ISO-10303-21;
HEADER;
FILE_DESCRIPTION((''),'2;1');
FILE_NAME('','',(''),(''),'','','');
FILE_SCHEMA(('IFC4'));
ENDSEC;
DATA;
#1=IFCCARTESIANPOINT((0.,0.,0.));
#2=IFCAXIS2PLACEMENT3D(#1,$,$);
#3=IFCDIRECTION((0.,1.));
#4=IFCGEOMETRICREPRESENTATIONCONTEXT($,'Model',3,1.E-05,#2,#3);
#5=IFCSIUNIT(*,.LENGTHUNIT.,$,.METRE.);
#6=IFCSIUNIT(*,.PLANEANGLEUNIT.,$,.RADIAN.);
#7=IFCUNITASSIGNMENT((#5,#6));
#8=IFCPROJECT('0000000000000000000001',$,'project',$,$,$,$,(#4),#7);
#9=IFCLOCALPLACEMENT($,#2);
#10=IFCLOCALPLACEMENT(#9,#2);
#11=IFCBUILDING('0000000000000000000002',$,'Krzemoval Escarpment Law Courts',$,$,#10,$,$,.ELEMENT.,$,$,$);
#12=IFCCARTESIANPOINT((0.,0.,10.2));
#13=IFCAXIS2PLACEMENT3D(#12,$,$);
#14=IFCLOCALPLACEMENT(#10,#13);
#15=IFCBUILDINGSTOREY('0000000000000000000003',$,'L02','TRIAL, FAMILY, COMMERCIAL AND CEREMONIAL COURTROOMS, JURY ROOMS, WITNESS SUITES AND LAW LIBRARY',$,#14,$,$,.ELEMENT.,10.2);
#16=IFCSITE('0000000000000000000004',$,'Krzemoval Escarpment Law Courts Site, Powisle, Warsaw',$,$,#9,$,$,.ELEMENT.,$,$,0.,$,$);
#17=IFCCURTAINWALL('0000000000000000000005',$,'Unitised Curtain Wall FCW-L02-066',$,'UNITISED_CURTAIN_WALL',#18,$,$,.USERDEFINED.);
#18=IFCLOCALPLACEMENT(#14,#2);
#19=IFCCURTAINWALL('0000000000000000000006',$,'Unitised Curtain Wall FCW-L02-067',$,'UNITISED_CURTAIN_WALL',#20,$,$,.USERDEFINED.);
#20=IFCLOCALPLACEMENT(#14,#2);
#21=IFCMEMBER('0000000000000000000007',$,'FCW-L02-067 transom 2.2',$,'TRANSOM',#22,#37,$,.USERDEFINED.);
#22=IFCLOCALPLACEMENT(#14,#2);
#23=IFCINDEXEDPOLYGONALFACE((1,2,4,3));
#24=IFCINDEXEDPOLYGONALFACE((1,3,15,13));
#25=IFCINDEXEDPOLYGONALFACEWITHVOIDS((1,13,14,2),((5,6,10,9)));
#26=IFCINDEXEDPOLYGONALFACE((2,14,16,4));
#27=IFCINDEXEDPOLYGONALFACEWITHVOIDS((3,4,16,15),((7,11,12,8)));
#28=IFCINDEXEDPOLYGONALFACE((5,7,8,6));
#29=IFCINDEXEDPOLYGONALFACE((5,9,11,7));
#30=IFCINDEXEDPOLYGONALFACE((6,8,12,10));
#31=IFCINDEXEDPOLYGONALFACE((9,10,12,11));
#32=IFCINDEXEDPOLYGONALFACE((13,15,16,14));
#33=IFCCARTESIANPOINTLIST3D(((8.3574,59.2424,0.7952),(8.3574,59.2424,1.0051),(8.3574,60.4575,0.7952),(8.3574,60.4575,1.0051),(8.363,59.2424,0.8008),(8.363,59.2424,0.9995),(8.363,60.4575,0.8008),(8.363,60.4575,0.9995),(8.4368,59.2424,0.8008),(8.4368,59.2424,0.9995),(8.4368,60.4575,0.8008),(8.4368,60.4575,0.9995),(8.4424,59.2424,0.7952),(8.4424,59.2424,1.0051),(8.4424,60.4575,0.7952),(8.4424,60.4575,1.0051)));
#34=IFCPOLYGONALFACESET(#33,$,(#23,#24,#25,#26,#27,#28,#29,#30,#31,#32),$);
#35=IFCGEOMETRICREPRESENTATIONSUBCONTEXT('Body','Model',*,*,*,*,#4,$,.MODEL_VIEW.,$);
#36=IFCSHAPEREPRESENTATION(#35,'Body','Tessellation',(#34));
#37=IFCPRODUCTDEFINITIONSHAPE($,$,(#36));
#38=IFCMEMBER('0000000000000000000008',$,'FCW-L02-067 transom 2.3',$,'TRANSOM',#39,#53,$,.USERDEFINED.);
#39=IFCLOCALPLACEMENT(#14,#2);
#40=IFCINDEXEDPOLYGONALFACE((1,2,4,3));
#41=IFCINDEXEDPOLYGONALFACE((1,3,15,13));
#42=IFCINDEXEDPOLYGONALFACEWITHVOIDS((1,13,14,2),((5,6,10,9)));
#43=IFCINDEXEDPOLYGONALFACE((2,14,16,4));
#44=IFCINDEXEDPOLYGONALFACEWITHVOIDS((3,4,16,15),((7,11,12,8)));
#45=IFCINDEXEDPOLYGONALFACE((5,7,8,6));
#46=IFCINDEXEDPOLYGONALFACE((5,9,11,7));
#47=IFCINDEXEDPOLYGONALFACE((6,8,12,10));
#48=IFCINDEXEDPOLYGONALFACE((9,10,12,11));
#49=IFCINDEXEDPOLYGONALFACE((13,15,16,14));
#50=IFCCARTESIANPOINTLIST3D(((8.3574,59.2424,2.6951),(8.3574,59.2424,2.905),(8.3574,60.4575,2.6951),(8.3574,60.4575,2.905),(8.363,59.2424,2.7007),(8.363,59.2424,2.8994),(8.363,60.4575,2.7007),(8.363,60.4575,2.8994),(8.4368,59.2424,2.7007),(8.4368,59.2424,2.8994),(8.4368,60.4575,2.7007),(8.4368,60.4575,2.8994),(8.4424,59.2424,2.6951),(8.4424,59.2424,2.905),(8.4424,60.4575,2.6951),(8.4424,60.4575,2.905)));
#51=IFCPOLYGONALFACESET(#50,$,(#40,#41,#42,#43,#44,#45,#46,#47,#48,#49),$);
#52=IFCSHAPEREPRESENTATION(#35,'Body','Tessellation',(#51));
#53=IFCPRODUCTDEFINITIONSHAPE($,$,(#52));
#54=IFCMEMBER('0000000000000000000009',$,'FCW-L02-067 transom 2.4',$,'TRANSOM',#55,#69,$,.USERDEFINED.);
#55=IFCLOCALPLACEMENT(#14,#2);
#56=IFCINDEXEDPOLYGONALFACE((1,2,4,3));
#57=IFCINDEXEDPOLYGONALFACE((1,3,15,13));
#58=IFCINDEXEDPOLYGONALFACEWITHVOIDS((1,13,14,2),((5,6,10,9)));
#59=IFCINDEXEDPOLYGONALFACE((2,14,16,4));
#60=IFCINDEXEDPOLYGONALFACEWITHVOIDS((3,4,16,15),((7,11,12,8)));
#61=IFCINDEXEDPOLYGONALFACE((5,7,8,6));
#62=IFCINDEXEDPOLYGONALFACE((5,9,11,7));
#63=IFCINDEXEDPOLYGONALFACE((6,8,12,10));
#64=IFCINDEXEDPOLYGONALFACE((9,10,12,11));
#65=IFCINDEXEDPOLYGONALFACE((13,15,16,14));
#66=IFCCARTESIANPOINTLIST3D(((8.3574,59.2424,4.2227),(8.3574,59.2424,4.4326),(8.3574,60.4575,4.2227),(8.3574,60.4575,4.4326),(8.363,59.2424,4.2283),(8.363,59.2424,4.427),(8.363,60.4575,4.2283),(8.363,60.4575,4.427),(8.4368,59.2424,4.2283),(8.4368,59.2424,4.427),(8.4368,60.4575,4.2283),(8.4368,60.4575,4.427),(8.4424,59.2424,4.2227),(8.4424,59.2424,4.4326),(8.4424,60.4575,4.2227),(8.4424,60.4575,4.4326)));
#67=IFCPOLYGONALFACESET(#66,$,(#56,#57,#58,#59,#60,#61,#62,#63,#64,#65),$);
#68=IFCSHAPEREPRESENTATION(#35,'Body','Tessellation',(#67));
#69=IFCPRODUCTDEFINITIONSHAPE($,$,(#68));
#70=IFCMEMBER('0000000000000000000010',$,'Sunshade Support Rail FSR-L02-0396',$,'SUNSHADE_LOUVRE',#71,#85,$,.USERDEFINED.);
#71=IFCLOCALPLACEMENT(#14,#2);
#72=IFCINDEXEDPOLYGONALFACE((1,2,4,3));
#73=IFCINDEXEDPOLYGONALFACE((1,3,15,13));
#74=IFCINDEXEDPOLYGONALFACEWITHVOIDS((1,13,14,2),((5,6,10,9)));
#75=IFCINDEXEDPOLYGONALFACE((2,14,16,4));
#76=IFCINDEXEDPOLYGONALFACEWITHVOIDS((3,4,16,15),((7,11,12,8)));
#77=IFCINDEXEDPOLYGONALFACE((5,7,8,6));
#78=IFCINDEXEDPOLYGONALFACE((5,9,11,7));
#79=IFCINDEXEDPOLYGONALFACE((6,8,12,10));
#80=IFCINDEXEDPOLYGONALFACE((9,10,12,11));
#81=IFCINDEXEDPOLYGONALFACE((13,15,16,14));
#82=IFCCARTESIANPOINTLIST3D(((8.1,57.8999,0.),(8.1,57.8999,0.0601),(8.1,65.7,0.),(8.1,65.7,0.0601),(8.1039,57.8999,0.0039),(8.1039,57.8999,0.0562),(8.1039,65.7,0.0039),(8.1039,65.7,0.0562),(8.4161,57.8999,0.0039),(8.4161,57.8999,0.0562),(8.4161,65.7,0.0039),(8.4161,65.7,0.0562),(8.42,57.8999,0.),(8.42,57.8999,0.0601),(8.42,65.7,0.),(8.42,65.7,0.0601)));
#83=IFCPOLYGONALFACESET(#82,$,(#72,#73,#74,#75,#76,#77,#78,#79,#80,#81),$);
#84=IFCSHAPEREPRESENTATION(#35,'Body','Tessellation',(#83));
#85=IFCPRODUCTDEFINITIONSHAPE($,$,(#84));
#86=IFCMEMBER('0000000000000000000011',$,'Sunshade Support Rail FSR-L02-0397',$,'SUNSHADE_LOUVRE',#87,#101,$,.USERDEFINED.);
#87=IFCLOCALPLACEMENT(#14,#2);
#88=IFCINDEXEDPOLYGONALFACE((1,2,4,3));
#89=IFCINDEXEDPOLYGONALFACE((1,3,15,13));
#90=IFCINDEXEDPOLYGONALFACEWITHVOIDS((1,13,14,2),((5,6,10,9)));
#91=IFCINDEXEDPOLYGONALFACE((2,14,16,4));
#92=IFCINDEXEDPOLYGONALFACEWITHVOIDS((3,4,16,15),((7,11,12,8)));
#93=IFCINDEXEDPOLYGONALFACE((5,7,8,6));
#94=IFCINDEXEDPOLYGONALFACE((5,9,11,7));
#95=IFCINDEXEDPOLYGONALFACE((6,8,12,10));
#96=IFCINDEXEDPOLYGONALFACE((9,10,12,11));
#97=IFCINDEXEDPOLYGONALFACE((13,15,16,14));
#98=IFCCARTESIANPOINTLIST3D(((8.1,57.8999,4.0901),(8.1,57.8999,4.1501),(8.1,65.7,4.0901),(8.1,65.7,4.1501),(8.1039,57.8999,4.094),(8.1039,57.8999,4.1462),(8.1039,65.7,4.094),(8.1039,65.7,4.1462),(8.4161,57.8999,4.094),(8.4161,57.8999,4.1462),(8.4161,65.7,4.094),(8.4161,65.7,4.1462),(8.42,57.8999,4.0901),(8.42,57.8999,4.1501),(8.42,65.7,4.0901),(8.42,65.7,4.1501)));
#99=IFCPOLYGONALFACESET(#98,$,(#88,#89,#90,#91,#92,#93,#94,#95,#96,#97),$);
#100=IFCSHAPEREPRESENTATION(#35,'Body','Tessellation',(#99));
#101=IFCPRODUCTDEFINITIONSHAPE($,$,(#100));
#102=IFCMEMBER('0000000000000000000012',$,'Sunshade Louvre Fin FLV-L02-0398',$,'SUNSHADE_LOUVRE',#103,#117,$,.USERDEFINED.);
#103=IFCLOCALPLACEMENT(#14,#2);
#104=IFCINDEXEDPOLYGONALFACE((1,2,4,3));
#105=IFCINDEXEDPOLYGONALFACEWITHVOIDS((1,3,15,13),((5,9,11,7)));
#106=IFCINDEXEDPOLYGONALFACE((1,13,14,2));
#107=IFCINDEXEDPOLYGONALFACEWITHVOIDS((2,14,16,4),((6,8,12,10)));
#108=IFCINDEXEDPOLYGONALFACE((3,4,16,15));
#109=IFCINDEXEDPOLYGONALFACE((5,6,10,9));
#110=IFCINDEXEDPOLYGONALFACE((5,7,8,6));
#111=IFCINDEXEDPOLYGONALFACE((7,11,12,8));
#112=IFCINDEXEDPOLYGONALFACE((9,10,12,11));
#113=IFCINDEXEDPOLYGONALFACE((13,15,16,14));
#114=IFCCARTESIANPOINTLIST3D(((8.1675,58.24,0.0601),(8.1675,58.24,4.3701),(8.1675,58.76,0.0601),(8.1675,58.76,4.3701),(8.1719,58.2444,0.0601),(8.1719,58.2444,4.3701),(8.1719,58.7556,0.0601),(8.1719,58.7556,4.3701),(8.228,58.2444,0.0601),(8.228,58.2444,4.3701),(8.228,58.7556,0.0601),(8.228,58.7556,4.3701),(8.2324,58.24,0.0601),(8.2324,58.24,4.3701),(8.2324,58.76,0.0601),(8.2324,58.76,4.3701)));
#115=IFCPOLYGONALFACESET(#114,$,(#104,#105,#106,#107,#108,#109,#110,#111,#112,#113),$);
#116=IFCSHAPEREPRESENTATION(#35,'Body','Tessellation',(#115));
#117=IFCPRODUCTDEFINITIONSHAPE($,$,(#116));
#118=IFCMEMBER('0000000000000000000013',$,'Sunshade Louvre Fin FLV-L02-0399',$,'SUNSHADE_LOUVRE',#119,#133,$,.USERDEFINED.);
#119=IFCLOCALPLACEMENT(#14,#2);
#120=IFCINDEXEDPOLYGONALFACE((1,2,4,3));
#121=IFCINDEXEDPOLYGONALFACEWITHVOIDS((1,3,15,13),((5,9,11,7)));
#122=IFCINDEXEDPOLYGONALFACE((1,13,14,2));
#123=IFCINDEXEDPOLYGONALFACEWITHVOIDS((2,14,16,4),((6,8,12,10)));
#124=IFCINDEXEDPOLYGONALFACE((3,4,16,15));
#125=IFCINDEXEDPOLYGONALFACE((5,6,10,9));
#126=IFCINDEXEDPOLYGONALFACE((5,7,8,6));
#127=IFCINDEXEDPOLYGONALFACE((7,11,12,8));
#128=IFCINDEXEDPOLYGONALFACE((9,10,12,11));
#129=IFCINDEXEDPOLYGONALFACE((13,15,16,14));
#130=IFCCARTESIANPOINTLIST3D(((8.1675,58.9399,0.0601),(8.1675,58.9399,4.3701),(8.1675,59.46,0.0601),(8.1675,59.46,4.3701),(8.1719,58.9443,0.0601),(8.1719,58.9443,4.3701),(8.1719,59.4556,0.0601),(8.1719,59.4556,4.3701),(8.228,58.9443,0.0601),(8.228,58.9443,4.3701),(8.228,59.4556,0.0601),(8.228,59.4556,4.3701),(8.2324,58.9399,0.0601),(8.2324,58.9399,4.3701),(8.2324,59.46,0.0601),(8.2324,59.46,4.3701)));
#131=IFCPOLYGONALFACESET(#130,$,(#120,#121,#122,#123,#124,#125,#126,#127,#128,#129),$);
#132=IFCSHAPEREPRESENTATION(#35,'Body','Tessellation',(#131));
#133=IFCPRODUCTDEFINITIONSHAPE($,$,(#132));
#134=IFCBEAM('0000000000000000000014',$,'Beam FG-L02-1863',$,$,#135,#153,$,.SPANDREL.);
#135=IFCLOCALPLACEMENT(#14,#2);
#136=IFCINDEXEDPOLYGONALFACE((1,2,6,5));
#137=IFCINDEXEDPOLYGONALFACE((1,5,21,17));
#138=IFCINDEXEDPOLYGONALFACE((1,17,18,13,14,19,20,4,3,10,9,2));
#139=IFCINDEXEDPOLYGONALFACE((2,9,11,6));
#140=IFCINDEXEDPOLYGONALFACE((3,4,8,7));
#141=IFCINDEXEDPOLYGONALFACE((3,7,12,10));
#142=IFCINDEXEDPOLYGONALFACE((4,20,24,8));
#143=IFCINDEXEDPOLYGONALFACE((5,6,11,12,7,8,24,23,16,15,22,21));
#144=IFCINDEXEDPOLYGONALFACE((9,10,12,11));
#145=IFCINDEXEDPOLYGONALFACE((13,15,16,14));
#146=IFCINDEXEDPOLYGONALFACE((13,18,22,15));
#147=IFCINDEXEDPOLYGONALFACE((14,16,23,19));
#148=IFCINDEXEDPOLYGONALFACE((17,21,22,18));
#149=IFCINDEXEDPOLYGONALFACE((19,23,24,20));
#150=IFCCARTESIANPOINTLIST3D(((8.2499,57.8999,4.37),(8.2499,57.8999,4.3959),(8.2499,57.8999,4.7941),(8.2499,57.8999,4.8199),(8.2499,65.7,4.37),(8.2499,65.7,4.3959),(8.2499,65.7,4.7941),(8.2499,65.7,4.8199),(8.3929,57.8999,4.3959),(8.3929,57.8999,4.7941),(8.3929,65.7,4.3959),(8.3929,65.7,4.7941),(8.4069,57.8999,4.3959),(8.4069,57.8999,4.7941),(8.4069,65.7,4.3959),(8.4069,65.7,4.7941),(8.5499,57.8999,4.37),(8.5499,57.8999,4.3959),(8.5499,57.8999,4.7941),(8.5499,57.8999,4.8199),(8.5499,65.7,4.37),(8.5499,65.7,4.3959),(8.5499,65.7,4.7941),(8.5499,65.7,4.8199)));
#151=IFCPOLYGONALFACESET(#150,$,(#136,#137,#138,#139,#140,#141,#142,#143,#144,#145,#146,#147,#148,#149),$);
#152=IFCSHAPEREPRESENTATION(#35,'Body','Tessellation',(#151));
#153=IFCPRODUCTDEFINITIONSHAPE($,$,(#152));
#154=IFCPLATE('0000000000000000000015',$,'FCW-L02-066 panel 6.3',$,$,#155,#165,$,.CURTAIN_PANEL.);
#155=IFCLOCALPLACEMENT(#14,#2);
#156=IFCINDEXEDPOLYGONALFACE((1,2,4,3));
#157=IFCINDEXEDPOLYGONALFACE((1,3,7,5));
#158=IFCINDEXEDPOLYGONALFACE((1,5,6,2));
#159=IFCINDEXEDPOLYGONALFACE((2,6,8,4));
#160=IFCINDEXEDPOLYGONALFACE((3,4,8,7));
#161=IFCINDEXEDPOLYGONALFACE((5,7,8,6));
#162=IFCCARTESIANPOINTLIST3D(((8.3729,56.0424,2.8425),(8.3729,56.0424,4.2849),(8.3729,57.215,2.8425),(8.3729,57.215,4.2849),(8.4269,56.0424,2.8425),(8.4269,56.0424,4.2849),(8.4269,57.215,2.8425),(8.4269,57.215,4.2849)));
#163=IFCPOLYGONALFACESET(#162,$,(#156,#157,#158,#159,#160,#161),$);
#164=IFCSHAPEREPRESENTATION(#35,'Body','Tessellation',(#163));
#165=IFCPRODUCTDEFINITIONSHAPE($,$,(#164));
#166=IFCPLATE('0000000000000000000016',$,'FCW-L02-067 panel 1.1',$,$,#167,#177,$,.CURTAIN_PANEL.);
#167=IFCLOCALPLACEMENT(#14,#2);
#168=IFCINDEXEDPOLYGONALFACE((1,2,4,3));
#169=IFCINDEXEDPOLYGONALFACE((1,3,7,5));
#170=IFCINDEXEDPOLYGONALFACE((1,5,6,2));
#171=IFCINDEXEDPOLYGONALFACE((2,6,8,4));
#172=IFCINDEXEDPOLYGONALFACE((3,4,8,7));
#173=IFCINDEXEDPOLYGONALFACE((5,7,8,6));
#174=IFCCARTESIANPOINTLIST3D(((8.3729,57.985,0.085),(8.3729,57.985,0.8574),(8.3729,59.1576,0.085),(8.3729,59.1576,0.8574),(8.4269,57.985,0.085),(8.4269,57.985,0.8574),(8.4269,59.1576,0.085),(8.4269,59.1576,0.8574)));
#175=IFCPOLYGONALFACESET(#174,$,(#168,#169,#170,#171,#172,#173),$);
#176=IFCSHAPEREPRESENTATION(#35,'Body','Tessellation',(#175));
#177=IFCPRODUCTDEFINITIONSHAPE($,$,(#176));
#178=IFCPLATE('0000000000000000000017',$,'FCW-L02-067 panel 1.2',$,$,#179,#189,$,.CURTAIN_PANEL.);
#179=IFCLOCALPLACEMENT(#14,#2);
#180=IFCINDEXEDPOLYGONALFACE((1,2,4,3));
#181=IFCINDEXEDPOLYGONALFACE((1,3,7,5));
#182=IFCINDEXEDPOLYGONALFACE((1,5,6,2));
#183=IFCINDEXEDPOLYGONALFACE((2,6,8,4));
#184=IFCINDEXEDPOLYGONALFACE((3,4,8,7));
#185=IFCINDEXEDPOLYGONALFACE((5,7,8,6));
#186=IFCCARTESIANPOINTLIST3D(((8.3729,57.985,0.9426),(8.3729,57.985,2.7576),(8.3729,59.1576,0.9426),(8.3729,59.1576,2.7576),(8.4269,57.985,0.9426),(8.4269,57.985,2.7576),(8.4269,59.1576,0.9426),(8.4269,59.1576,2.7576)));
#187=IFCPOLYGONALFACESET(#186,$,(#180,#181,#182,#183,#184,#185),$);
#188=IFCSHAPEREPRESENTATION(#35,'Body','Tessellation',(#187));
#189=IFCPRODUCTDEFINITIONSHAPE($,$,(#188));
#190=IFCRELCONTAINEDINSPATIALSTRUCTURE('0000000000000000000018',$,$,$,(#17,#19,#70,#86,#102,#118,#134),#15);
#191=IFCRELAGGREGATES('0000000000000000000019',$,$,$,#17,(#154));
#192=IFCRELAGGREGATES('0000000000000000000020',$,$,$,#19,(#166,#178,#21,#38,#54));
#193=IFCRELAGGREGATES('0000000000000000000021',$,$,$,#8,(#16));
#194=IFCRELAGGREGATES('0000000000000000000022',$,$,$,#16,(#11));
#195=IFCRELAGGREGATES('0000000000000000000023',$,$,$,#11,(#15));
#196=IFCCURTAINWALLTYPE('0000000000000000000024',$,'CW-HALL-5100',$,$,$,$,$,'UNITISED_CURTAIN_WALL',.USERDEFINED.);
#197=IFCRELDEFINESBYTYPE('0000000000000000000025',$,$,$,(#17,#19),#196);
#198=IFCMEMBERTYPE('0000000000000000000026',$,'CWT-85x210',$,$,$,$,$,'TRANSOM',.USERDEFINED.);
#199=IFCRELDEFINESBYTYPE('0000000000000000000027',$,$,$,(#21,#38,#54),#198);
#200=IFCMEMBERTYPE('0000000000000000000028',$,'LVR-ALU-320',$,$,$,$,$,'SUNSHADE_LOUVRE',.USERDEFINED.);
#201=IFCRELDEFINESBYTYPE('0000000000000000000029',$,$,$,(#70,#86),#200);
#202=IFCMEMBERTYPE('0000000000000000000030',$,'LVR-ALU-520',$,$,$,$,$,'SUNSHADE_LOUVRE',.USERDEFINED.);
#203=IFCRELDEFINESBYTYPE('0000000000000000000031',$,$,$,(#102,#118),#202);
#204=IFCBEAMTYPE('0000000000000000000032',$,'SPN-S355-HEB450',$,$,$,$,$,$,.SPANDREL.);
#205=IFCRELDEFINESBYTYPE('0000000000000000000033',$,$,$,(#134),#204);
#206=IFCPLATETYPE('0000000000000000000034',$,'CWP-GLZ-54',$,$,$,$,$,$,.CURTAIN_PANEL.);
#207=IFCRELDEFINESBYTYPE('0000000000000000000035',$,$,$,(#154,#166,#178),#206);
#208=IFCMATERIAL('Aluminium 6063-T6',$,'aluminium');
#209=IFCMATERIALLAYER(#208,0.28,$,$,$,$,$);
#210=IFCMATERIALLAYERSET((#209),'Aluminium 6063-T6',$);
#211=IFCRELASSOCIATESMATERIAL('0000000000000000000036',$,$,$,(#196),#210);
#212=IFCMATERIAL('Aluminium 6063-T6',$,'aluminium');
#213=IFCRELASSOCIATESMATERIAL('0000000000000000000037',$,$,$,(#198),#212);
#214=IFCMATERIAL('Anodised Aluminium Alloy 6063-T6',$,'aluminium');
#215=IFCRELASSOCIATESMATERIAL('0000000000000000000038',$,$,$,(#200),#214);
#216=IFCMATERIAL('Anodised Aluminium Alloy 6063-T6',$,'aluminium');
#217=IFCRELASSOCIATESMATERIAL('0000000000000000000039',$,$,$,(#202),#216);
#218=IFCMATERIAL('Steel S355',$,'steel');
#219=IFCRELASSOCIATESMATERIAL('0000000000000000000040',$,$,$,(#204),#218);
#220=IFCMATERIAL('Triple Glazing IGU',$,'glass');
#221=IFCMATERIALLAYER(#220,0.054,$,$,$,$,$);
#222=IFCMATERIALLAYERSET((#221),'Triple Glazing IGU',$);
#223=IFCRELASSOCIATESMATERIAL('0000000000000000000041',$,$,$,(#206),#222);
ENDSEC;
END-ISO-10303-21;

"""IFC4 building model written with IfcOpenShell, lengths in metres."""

from ifc_helpers import new_model, si_unit, direction, frame, origin, origin_2d, place, context, subcontext, project, spatial, rectangle, hollow_rectangle, i_section, extrude, material, layer, layer_set, material_profile, profile_set, type_object, element, aggregate, save


model = new_model("IFC4")

# Units and contexts
model_context = context("Model", 3, precision=1e-05, world=origin(), true_north=direction((0.0, 1.0)))
body_context = subcontext(model_context, "Body", "Model", "MODEL_VIEW")
ifc_project = project(units=[si_unit("LENGTHUNIT", "METRE"), si_unit("PLANEANGLEUNIT", "RADIAN")], contexts=[model_context])

# Site, building, storey
site_placement = place(None, origin())
site = spatial("IfcSite", under=ifc_project, at=site_placement, Name="Krzemoval Escarpment Law Courts Site, Powisle, Warsaw", CompositionType="ELEMENT", RefElevation=0.0)
building_placement = place(site_placement, origin())
building = spatial("IfcBuilding", under=site, at=building_placement, Name="Krzemoval Escarpment Law Courts", CompositionType="ELEMENT")
storey_placement = place(building_placement, frame((0.0, 0.0, 10.2)))
storey = spatial("IfcBuildingStorey", under=building, at=storey_placement, Name="L02", Description="TRIAL, FAMILY, COMMERCIAL AND CEREMONIAL COURTROOMS, JURY ROOMS, WITNESS SUITES AND LAW LIBRARY", CompositionType="ELEMENT", Elevation=10.2)

# Curtain wall
ifc_material_1 = material(Name="Aluminium 6063-T6", Category="aluminium")
ifc_layer_1 = layer(ifc_material_1, 0.28)
ifc_layer_set_1 = layer_set([ifc_layer_1], Name="Aluminium 6063-T6")
curtain_wall_type = type_object("IfcCurtainWallType", Name="CW-HALL-5100", ElementType="UNITISED_CURTAIN_WALL", PredefinedType="USERDEFINED", material=ifc_layer_set_1)
curtain_wall_1_placement = place(storey_placement, origin())
curtain_wall_1 = element("IfcCurtainWall", 1, at=curtain_wall_1_placement, inside=storey, type_object=curtain_wall_type, Name="Unitised Curtain Wall FCW-L02-066", ObjectType="UNITISED_CURTAIN_WALL", PredefinedType="USERDEFINED")

# Curtain wall, members
curtain_wall_2_placement = place(storey_placement, origin())
curtain_wall_2 = element("IfcCurtainWall", 2, at=curtain_wall_2_placement, inside=storey, type_object=curtain_wall_type, Name="Unitised Curtain Wall FCW-L02-067", ObjectType="UNITISED_CURTAIN_WALL", PredefinedType="USERDEFINED")
ifc_material_2 = material(Name="Aluminium 6063-T6", Category="aluminium")
ifc_material_profile_1 = material_profile(ifc_material_2, hollow_rectangle(XDim=0.085, YDim=0.21, WallThickness=0.0056, at=origin_2d()), Name="ALU T85x210")
ifc_profile_set_1 = profile_set([ifc_material_profile_1], Name="Aluminium 6063-T6")
member_type_1 = type_object("IfcMemberType", Name="CWT-85x210", ElementType="TRANSOM", PredefinedType="USERDEFINED", material=ifc_profile_set_1)
member_1_placement = place(storey_placement, frame((8.3999, 59.2424, 0.9001), z_axis=(0.0, 1.0, 0.0), x_axis=(-1.0, 0.0, 0.0)))
member_1 = element("IfcMember", 3, at=member_1_placement, type_object=member_type_1, Name="FCW-L02-067 transom 2.2", ObjectType="TRANSOM", PredefinedType="USERDEFINED", context=body_context, shape_type="SweptSolid", body=[
    extrude(hollow_rectangle(XDim=0.085, YDim=0.21, WallThickness=0.0056, at=origin_2d()), origin(), (0.0, 0.0, 1.0), 1.2151),
])
member_2_placement = place(storey_placement, frame((8.3999, 59.2424, 2.8), z_axis=(0.0, 1.0, 0.0), x_axis=(-1.0, 0.0, 0.0)))
member_2 = element("IfcMember", 4, at=member_2_placement, type_object=member_type_1, Name="FCW-L02-067 transom 2.3", ObjectType="TRANSOM", PredefinedType="USERDEFINED", context=body_context, shape_type="SweptSolid", body=[
    extrude(hollow_rectangle(XDim=0.085, YDim=0.21, WallThickness=0.0056, at=origin_2d()), origin(), (0.0, 0.0, 1.0), 1.2151),
])
member_3_placement = place(storey_placement, frame((8.3999, 59.2424, 4.3276), z_axis=(0.0, 1.0, 0.0), x_axis=(-1.0, 0.0, 0.0)))
member_3 = element("IfcMember", 5, at=member_3_placement, type_object=member_type_1, Name="FCW-L02-067 transom 2.4", ObjectType="TRANSOM", PredefinedType="USERDEFINED", context=body_context, shape_type="SweptSolid", body=[
    extrude(hollow_rectangle(XDim=0.085, YDim=0.21, WallThickness=0.0056, at=origin_2d()), origin(), (0.0, 0.0, 1.0), 1.2151),
])

# Members
ifc_material_3 = material(Name="Anodised Aluminium Alloy 6063-T6", Category="aluminium")
ifc_material_profile_2 = material_profile(ifc_material_3, hollow_rectangle(XDim=0.0601, YDim=0.3201, WallThickness=0.0039, at=origin_2d()), Name="ALU LVR 60x320")
ifc_profile_set_2 = profile_set([ifc_material_profile_2], Name="Anodised Aluminium Alloy 6063-T6")
member_type_2 = type_object("IfcMemberType", Name="LVR-ALU-320", ElementType="SUNSHADE_LOUVRE", PredefinedType="USERDEFINED", material=ifc_profile_set_2)
for number, where, z_axis, x_axis, name in (
    (6, (8.26, 57.8999, 0.03), (0.0, 1.0, 0.0), (0.0, 0.0, 1.0), "Sunshade Support Rail FSR-L02-0396"),
    (7, (8.26, 57.8999, 4.1201), (0.0, 1.0, 0.0), (0.0, 0.0, 1.0), "Sunshade Support Rail FSR-L02-0397"),
):
    element("IfcMember", number, at=place(storey_placement, frame(where, z_axis=z_axis, x_axis=x_axis)), inside=storey, type_object=member_type_2, Name=name, ObjectType="SUNSHADE_LOUVRE", PredefinedType="USERDEFINED", context=body_context, shape_type="SweptSolid", body=[
        extrude(hollow_rectangle(XDim=0.0601, YDim=0.3201, WallThickness=0.0039, at=origin_2d()), origin(), (0.0, 0.0, 1.0), 7.8),
    ])
ifc_material_4 = material(Name="Anodised Aluminium Alloy 6063-T6", Category="aluminium")
ifc_material_profile_3 = material_profile(ifc_material_4, hollow_rectangle(XDim=0.0649, YDim=0.52, WallThickness=0.0044, at=origin_2d()), Name="ALU LVR 65x520")
ifc_profile_set_3 = profile_set([ifc_material_profile_3], Name="Anodised Aluminium Alloy 6063-T6")
member_type_3 = type_object("IfcMemberType", Name="LVR-ALU-520", ElementType="SUNSHADE_LOUVRE", PredefinedType="USERDEFINED", material=ifc_profile_set_3)
for number, where, z_axis, x_axis, name in (
    (8, (8.2, 58.5, 0.0601), (0.0, 0.0, 1.0), (1.0, 0.0, 0.0), "Sunshade Louvre Fin FLV-L02-0398"),
    (9, (8.2, 59.2, 0.0601), (0.0, 0.0, 1.0), (1.0, 0.0, 0.0), "Sunshade Louvre Fin FLV-L02-0399"),
):
    element("IfcMember", number, at=place(storey_placement, frame(where, z_axis=z_axis, x_axis=x_axis)), inside=storey, type_object=member_type_3, Name=name, ObjectType="SUNSHADE_LOUVRE", PredefinedType="USERDEFINED", context=body_context, shape_type="SweptSolid", body=[
        extrude(hollow_rectangle(XDim=0.0649, YDim=0.52, WallThickness=0.0044, at=origin_2d()), origin(), (0.0, 0.0, 1.0), 4.3101),
    ])

# Beam
ifc_material_5 = material(Name="Steel S355", Category="steel")
ifc_material_profile_4 = material_profile(ifc_material_5, i_section(OverallWidth=0.3, OverallDepth=0.45, WebThickness=0.0139, FlangeThickness=0.0259, at=origin_2d()), Name="HEB 450")
ifc_profile_set_4 = profile_set([ifc_material_profile_4], Name="Steel S355")
beam_type = type_object("IfcBeamType", Name="SPN-S355-HEB450", PredefinedType="SPANDREL", material=ifc_profile_set_4)
beam_placement = place(storey_placement, frame((8.3999, 57.8999, 4.595), z_axis=(0.0, 1.0, 0.0), x_axis=(-1.0, 0.0, 0.0)))
element("IfcBeam", 10, at=beam_placement, inside=storey, type_object=beam_type, Name="Beam FG-L02-1863", PredefinedType="SPANDREL", context=body_context, shape_type="SweptSolid", body=[
    extrude(i_section(OverallWidth=0.3, OverallDepth=0.45, WebThickness=0.0139, FlangeThickness=0.0259, at=origin_2d()), origin(), (0.0, 0.0, 1.0), 7.8),
])

# Plates
ifc_material_6 = material(Name="Triple Glazing IGU", Category="glass")
ifc_layer_2 = layer(ifc_material_6, 0.054)
ifc_layer_set_2 = layer_set([ifc_layer_2], Name="Triple Glazing IGU")
plate_type_1 = type_object("IfcPlateType", Name="CWP-GLZ-54", PredefinedType="CURTAIN_PANEL", material=ifc_layer_set_2)
plate_1_placement = place(storey_placement, frame((8.3999, 56.6287, 2.8425), z_axis=(0.0, 0.0, 1.0), x_axis=(0.0, 1.0, 0.0)))
plate_1 = element("IfcPlate", 11, at=plate_1_placement, type_object=plate_type_1, Name="FCW-L02-066 panel 6.3", PredefinedType="CURTAIN_PANEL", context=body_context, shape_type="SweptSolid", body=[
    extrude(rectangle(XDim=1.1726, YDim=0.054, at=origin_2d()), origin(), (0.0, 0.0, 1.0), 1.4424),
])
aggregate(curtain_wall_1, [plate_1])
plate_2_placement = place(storey_placement, frame((8.3999, 58.5713, 0.085), z_axis=(0.0, 0.0, 1.0), x_axis=(0.0, 1.0, 0.0)))
plate_2 = element("IfcPlate", 12, at=plate_2_placement, type_object=plate_type_1, Name="FCW-L02-067 panel 1.1", PredefinedType="CURTAIN_PANEL", context=body_context, shape_type="SweptSolid", body=[
    extrude(rectangle(XDim=1.1726, YDim=0.054, at=origin_2d()), origin(), (0.0, 0.0, 1.0), 0.7725),
])
plate_3_placement = place(storey_placement, frame((8.3999, 58.5713, 0.9426), z_axis=(0.0, 0.0, 1.0), x_axis=(0.0, 1.0, 0.0)))
plate_3 = element("IfcPlate", 13, at=plate_3_placement, type_object=plate_type_1, Name="FCW-L02-067 panel 1.2", PredefinedType="CURTAIN_PANEL", context=body_context, shape_type="SweptSolid", body=[
    extrude(rectangle(XDim=1.1726, YDim=0.054, at=origin_2d()), origin(), (0.0, 0.0, 1.0), 1.8149),
])
aggregate(curtain_wall_2, [plate_2, plate_3, member_1, member_2, member_3])

save(model, "model.ifc")
